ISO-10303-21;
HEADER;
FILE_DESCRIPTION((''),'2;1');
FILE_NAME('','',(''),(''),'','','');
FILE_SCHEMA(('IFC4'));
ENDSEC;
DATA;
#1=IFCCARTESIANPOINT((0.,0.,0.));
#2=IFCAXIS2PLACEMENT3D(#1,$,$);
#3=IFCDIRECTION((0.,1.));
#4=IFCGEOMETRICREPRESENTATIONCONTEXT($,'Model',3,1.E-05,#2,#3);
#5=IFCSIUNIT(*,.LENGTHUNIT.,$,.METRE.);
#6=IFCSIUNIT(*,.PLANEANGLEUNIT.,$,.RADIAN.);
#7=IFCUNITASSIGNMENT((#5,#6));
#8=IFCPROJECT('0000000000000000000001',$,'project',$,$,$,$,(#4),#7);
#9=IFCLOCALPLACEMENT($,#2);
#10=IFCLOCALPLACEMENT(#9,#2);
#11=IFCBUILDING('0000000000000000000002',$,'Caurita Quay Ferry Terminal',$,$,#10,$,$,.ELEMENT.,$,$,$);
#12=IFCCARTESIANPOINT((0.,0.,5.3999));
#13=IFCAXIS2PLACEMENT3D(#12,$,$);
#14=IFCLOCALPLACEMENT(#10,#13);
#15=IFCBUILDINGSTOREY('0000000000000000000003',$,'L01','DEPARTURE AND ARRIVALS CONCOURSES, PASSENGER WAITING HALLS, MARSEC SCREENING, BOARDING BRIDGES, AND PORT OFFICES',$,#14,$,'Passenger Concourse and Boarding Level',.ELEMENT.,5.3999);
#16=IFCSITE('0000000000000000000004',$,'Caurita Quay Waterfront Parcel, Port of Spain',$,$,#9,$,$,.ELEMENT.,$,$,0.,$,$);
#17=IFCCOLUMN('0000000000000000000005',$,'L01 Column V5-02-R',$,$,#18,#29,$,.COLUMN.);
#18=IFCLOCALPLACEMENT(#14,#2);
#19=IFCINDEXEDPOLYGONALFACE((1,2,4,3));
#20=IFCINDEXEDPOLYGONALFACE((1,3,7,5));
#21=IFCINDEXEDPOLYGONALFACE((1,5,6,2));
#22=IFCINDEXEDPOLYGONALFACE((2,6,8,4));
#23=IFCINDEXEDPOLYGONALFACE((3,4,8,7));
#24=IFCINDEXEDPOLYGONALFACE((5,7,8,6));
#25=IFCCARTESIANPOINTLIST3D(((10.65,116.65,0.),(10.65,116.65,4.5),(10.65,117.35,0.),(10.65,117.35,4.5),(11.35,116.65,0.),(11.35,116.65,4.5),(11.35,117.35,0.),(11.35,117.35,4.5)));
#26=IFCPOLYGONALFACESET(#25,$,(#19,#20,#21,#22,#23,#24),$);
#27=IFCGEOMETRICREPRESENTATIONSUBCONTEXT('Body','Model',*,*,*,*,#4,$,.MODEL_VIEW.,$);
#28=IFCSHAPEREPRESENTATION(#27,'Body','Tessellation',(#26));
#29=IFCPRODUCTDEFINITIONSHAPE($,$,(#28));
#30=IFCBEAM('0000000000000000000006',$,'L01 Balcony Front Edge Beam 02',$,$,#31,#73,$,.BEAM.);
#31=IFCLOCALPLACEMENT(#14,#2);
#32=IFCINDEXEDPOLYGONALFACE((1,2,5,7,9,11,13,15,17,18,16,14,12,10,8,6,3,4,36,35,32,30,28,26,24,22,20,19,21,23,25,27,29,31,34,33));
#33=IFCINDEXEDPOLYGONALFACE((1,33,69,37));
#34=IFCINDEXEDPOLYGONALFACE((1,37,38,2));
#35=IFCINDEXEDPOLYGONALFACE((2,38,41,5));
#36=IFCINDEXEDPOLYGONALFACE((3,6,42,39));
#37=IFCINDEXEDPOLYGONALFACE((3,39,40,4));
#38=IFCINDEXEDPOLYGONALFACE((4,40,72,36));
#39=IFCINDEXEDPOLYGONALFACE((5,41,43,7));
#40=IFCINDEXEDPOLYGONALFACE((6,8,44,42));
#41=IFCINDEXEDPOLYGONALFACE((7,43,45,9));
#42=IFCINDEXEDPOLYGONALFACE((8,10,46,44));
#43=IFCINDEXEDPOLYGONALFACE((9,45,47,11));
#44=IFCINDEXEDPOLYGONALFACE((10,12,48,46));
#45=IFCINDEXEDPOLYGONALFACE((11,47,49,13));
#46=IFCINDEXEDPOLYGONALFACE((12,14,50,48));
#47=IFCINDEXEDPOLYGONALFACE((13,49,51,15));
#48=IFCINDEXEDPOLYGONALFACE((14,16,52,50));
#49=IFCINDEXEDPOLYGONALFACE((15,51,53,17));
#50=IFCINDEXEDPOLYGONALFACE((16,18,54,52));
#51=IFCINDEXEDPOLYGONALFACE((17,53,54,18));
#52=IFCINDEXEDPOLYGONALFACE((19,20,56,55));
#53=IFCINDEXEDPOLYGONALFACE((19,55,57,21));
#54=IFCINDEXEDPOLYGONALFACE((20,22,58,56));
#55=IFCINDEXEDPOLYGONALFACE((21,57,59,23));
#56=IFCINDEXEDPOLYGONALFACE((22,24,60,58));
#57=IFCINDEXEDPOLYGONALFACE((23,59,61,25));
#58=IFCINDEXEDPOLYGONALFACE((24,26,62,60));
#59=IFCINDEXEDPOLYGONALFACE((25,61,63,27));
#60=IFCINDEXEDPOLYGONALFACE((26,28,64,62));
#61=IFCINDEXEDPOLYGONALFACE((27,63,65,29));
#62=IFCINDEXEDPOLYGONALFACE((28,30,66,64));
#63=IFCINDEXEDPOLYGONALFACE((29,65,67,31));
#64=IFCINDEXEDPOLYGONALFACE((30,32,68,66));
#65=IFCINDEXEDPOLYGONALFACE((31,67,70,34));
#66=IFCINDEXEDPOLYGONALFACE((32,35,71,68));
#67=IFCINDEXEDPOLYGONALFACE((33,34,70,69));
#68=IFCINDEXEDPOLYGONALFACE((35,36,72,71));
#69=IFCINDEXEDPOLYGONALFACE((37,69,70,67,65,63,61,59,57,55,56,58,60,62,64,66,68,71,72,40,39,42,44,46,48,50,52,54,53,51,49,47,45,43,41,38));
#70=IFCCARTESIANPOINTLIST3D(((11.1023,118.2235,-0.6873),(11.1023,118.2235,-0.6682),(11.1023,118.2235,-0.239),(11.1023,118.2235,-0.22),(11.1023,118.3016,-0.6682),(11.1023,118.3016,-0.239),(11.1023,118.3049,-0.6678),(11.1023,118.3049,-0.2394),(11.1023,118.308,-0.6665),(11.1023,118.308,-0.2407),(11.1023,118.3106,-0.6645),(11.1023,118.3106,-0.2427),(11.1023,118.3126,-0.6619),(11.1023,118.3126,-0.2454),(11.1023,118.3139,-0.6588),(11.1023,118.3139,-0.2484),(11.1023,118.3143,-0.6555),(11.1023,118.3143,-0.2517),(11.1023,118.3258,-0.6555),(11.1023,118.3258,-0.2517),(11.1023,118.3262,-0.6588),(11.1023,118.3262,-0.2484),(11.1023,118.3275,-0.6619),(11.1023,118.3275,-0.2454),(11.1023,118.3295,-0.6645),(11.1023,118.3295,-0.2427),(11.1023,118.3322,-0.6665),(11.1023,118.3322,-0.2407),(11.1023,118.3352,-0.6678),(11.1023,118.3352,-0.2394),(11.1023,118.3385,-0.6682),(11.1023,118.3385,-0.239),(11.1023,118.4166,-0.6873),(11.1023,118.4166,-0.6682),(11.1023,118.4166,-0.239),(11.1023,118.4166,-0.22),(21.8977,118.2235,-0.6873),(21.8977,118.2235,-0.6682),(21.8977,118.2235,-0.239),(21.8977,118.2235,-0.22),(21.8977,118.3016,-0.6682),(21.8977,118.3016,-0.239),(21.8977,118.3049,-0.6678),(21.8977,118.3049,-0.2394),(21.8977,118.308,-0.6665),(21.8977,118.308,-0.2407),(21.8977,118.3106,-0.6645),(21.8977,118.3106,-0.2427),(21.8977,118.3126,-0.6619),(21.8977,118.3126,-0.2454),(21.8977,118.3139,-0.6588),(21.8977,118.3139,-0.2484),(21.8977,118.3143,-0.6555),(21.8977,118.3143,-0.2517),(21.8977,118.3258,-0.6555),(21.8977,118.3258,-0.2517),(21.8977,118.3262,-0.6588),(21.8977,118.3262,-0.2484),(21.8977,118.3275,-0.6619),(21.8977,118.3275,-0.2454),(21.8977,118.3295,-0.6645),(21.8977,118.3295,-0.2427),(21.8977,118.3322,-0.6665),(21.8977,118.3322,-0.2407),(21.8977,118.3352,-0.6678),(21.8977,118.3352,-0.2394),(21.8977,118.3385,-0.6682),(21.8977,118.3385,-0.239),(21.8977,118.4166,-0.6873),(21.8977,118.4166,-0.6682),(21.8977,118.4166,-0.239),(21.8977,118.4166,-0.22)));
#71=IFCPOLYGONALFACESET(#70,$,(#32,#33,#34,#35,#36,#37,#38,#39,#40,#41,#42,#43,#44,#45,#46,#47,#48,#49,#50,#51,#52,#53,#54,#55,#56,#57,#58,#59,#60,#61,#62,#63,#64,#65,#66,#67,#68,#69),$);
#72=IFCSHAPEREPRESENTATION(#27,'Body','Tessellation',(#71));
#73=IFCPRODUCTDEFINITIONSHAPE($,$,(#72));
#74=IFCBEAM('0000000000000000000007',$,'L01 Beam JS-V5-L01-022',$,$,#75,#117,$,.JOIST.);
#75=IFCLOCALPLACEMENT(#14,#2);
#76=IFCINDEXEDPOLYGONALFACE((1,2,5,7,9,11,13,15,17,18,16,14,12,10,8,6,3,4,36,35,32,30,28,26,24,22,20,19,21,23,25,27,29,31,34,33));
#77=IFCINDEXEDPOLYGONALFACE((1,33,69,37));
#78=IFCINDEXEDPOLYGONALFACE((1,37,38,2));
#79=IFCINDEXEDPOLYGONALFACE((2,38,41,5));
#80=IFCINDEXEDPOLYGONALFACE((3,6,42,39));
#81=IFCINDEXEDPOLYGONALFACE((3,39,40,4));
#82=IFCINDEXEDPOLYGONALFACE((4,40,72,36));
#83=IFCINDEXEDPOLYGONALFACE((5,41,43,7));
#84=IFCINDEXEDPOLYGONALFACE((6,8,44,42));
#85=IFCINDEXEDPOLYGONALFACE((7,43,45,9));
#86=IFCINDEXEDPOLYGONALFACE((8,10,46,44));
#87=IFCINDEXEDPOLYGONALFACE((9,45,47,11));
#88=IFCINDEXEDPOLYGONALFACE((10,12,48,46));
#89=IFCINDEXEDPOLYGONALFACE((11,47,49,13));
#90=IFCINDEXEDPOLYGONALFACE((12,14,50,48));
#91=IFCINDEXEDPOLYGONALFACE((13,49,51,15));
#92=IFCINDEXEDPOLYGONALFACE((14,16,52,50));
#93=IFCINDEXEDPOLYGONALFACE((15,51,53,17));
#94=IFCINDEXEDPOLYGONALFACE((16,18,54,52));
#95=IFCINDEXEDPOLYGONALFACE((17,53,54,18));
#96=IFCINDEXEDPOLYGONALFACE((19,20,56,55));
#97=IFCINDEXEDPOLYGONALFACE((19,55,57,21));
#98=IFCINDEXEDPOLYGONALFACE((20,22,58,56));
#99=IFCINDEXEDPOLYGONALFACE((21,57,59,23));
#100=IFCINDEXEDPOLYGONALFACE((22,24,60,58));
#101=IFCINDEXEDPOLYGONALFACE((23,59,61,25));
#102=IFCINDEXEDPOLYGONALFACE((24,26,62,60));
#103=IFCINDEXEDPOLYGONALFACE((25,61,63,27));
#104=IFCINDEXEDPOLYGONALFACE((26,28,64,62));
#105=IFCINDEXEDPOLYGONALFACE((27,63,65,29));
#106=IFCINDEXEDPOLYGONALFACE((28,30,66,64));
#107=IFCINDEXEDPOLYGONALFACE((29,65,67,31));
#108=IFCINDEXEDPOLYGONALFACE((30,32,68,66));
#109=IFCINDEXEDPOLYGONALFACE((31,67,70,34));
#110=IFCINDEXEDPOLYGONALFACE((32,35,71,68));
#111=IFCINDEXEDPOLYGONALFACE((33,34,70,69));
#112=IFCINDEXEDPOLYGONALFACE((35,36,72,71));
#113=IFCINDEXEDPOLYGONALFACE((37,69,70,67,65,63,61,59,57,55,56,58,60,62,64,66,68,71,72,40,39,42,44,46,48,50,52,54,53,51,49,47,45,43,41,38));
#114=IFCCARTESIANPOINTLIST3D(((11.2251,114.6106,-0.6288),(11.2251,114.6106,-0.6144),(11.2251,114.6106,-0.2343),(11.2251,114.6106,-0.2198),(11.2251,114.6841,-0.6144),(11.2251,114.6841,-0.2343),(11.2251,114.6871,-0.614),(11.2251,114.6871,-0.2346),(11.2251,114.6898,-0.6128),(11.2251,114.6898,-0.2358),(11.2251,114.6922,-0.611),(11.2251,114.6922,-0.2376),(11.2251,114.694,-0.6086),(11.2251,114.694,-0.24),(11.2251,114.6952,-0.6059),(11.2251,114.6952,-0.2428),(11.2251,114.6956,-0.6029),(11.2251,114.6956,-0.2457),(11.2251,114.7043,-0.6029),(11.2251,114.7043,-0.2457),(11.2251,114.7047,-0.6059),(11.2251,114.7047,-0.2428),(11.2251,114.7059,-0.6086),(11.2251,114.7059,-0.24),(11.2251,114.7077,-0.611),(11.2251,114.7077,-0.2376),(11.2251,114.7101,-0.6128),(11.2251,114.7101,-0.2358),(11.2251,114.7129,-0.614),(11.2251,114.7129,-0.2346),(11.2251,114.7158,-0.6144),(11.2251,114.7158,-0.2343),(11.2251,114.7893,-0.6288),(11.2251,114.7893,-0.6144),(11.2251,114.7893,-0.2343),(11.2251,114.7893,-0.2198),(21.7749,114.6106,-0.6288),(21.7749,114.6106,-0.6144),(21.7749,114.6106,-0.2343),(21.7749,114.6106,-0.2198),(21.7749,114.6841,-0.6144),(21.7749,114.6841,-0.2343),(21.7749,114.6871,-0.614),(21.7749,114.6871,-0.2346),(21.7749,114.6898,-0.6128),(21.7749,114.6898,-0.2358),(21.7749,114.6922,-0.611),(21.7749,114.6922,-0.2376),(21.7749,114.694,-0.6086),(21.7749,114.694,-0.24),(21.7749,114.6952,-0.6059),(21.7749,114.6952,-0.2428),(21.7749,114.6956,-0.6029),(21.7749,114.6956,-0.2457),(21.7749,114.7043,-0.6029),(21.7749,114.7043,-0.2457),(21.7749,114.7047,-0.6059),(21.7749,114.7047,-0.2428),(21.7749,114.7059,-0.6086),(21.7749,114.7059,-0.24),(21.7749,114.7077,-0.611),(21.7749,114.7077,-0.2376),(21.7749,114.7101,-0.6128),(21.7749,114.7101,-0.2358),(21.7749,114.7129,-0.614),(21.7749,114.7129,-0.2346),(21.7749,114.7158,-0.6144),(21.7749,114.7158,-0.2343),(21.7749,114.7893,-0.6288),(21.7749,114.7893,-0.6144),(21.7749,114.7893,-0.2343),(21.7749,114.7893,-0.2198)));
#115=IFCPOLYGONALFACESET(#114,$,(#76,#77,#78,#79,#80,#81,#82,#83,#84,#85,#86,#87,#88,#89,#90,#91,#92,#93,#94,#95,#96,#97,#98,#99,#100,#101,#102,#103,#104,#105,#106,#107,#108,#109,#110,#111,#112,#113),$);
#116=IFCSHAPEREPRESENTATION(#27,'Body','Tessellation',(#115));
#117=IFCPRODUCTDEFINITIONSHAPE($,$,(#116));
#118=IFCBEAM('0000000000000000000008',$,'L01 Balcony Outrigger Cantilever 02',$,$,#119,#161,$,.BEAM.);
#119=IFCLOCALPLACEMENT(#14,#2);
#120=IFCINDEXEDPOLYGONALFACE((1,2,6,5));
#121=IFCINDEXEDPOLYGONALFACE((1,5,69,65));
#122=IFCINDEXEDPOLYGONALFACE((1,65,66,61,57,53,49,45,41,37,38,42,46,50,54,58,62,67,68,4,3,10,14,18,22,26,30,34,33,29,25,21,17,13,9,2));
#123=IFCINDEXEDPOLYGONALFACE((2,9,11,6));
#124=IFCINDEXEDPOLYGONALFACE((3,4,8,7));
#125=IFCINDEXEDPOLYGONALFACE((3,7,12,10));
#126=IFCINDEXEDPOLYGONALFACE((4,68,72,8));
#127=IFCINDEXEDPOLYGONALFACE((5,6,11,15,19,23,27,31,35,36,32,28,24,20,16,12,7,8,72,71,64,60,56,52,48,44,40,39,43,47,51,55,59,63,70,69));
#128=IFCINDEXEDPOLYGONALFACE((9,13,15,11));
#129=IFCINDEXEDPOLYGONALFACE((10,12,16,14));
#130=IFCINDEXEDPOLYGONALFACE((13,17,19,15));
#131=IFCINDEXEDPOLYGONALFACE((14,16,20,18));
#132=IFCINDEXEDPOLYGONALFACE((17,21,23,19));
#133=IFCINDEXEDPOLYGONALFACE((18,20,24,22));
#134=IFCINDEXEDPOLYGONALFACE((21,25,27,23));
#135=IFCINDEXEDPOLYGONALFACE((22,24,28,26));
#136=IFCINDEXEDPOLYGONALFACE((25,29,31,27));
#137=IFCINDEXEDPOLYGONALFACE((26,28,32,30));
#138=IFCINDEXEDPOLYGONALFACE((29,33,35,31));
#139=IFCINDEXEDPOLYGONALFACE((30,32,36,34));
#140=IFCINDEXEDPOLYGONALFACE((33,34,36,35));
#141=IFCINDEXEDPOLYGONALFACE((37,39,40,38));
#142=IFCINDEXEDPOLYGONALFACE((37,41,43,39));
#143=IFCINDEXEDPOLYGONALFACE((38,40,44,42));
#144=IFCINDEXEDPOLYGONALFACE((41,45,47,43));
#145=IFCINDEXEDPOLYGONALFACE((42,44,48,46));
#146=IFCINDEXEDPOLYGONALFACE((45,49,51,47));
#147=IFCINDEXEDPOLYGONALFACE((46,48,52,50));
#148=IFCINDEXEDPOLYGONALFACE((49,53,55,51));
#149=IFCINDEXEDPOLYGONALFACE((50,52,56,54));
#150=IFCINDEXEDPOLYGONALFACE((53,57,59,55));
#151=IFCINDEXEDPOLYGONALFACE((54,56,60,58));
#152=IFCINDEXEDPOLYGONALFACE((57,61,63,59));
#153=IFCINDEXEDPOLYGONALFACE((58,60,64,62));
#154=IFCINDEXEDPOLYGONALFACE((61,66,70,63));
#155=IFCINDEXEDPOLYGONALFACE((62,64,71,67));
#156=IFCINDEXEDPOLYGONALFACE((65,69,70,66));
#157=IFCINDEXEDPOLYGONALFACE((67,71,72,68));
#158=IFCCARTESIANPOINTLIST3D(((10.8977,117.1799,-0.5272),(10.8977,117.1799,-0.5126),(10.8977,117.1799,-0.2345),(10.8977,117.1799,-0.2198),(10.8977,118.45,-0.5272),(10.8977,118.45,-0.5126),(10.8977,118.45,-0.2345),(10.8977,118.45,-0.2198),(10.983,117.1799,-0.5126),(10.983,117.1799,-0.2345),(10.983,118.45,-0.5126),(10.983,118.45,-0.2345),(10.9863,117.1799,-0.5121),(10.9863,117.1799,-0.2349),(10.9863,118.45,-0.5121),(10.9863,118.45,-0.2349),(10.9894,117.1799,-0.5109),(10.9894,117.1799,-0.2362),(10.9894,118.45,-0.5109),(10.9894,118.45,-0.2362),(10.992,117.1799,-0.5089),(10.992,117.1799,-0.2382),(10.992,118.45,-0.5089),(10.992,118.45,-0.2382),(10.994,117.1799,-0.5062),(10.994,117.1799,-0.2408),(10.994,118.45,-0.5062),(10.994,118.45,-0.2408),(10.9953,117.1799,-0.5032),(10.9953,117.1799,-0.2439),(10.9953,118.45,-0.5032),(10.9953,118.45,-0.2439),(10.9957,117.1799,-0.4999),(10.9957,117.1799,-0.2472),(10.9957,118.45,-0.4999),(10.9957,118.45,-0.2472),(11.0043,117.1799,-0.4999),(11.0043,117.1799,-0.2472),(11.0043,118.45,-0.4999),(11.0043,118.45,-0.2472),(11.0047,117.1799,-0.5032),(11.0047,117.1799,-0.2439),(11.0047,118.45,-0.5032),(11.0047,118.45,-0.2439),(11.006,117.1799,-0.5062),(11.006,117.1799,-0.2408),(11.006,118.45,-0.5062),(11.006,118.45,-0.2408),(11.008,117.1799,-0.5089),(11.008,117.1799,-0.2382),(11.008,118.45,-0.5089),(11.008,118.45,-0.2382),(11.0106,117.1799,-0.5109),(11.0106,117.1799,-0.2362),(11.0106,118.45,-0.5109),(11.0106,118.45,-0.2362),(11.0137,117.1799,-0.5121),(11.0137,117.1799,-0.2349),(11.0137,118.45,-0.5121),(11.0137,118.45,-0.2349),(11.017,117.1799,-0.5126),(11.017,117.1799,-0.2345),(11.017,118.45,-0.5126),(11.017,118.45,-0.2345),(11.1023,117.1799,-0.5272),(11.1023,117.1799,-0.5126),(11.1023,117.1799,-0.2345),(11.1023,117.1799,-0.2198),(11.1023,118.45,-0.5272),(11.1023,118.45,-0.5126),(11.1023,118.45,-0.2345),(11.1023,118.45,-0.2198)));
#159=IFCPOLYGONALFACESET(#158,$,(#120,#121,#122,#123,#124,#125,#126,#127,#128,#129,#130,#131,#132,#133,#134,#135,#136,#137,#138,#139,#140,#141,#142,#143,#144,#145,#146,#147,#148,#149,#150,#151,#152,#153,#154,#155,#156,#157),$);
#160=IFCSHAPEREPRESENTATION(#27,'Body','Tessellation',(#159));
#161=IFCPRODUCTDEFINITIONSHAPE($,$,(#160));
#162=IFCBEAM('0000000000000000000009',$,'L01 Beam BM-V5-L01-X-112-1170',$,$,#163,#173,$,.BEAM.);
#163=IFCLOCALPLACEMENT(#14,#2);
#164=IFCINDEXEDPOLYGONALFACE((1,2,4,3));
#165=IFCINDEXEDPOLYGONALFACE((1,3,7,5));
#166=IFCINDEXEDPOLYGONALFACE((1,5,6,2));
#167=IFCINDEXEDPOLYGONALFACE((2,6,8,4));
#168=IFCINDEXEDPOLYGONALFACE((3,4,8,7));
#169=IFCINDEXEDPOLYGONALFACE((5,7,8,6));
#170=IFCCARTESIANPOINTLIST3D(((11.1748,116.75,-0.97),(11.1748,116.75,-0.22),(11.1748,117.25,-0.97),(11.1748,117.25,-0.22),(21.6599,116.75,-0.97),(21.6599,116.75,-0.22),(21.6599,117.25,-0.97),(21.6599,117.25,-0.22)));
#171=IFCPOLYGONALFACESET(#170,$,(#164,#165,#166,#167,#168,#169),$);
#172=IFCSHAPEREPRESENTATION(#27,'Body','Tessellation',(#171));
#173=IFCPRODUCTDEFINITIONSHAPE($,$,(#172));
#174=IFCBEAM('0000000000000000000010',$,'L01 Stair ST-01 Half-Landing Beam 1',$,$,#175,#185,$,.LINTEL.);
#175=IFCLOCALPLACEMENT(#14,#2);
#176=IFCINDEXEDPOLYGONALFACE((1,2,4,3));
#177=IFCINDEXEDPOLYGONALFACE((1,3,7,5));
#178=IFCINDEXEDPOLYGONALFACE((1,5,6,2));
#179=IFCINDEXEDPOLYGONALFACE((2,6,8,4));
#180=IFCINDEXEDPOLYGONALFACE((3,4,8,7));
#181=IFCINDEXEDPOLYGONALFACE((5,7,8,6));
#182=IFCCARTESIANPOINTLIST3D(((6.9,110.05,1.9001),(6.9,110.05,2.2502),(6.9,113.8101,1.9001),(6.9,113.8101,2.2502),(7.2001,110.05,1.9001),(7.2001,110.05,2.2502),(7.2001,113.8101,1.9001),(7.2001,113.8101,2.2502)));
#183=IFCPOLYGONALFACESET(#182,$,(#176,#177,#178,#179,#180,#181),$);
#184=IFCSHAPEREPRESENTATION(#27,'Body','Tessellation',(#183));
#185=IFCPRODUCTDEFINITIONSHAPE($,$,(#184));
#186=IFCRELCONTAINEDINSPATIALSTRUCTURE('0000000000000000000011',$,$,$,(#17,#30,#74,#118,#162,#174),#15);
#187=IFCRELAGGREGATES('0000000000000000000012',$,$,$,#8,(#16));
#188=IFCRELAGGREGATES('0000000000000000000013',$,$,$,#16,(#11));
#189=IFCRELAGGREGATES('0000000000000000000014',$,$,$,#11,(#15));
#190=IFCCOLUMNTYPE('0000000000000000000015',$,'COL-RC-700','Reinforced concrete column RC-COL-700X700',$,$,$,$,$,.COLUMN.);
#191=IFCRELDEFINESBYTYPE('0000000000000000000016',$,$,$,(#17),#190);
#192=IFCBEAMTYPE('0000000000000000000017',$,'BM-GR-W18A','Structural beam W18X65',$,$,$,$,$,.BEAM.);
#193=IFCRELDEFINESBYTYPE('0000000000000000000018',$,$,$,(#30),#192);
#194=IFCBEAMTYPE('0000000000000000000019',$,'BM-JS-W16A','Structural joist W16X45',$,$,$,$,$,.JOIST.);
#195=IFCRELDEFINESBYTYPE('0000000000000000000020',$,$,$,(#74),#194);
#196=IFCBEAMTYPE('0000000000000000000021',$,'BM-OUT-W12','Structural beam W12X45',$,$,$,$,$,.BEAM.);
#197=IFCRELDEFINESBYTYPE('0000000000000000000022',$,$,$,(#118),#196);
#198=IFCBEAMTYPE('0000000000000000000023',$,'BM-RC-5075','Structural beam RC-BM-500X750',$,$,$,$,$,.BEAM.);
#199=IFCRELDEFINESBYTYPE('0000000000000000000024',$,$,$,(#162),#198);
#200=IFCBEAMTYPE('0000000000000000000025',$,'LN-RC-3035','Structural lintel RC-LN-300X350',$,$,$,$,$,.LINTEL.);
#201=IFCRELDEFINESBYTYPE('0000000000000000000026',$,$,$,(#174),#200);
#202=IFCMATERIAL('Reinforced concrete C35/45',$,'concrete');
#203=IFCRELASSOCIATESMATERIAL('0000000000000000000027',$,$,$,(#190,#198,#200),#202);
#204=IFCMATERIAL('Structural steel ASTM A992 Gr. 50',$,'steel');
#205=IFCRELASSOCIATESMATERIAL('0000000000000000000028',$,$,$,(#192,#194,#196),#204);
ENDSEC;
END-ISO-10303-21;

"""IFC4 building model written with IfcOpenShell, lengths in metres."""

from ifc_helpers import new_model, si_unit, direction, frame, origin, origin_2d, place, context, subcontext, project, spatial, rectangle, i_section, extrude, material, material_profile, profile_set, type_object, element, save


model = new_model("IFC4")

# Units and contexts
model_context = context("Model", 3, precision=1e-05, world=origin(), true_north=direction((0.0, 1.0)))
body_context = subcontext(model_context, "Body", "Model", "MODEL_VIEW")
ifc_project = project(units=[si_unit("LENGTHUNIT", "METRE"), si_unit("PLANEANGLEUNIT", "RADIAN")], contexts=[model_context])

# Site, building, storey
site_placement = place(None, origin())
site = spatial("IfcSite", under=ifc_project, at=site_placement, Name="Caurita Quay Waterfront Parcel, Port of Spain", CompositionType="ELEMENT", RefElevation=0.0)
building_placement = place(site_placement, origin())
building = spatial("IfcBuilding", under=site, at=building_placement, Name="Caurita Quay Ferry Terminal", CompositionType="ELEMENT")
storey_placement = place(building_placement, frame((0.0, 0.0, 5.3999)))
storey = spatial("IfcBuildingStorey", under=building, at=storey_placement, Name="L01", Description="DEPARTURE AND ARRIVALS CONCOURSES, PASSENGER WAITING HALLS, MARSEC SCREENING, BOARDING BRIDGES, AND PORT OFFICES", LongName="Passenger Concourse and Boarding Level", CompositionType="ELEMENT", Elevation=5.3999)

# Column
ifc_material_1 = material(Name="Reinforced concrete C35/45", Category="concrete")
ifc_material_profile_1 = material_profile(ifc_material_1, rectangle(XDim=0.7, YDim=0.7, at=origin_2d()), Name="RC-COL-700X700")
ifc_profile_set_1 = profile_set([ifc_material_profile_1], Name="Reinforced concrete C35/45")
column_type = type_object("IfcColumnType", Name="COL-RC-700", Description="Reinforced concrete column RC-COL-700X700", PredefinedType="COLUMN", material=ifc_profile_set_1)
column_placement = place(storey_placement, frame((11.0, 117.0, 0.0), z_axis=(0.0, 0.0, 1.0), x_axis=(1.0, 0.0, 0.0)))
element("IfcColumn", 1, at=column_placement, inside=storey, type_object=column_type, Name="L01 Column V5-02-R", PredefinedType="COLUMN", context=body_context, shape_type="SweptSolid", body=[
    extrude(rectangle(XDim=0.7, YDim=0.7, at=origin_2d()), origin(), (0.0, 0.0, 1.0), 4.5),
])

# Beams
ifc_material_2 = material(Name="Structural steel ASTM A992 Gr. 50", Category="steel")
ifc_material_profile_2 = material_profile(ifc_material_2, i_section(OverallWidth=0.1931, OverallDepth=0.4673, WebThickness=0.0115, FlangeThickness=0.019, FilletRadius=0.0127, at=origin_2d()), Name="W18X65")
ifc_profile_set_2 = profile_set([ifc_material_profile_2], Name="Structural steel ASTM A992 Gr. 50")
beam_type_1 = type_object("IfcBeamType", Name="BM-GR-W18A", Description="Structural beam W18X65", PredefinedType="BEAM", material=ifc_profile_set_2)
beam_1_placement = place(storey_placement, frame((11.1023, 118.3201, -0.4536), z_axis=(1.0, 0.0, 0.0), x_axis=(0.0, 1.0, 0.0)))
element("IfcBeam", 2, at=beam_1_placement, inside=storey, type_object=beam_type_1, Name="L01 Balcony Front Edge Beam 02", PredefinedType="BEAM", context=body_context, shape_type="SweptSolid", body=[
    extrude(i_section(OverallWidth=0.1931, OverallDepth=0.4673, WebThickness=0.0115, FlangeThickness=0.019, FilletRadius=0.0127, at=origin_2d()), origin(), (0.0, 0.0, 1.0), 10.7954),
])
ifc_material_profile_3 = material_profile(ifc_material_2, i_section(OverallWidth=0.1787, OverallDepth=0.4089, WebThickness=0.0088, FlangeThickness=0.0144, FilletRadius=0.0115, at=origin_2d()), Name="W16X45")
ifc_profile_set_3 = profile_set([ifc_material_profile_3], Name="Structural steel ASTM A992 Gr. 50")
beam_type_2 = type_object("IfcBeamType", Name="BM-JS-W16A", Description="Structural joist W16X45", PredefinedType="JOIST", material=ifc_profile_set_3)
beam_2_placement = place(storey_placement, frame((11.2251, 114.7, -0.4243), z_axis=(1.0, 0.0, 0.0), x_axis=(0.0, 1.0, 0.0)))
element("IfcBeam", 3, at=beam_2_placement, inside=storey, type_object=beam_type_2, Name="L01 Beam JS-V5-L01-022", PredefinedType="JOIST", context=body_context, shape_type="SweptSolid", body=[
    extrude(i_section(OverallWidth=0.1787, OverallDepth=0.4089, WebThickness=0.0088, FlangeThickness=0.0144, FilletRadius=0.0115, at=origin_2d()), origin(), (0.0, 0.0, 1.0), 10.5498),
])
ifc_material_profile_4 = material_profile(ifc_material_2, i_section(OverallWidth=0.2046, OverallDepth=0.3074, WebThickness=0.0085, FlangeThickness=0.0146, FilletRadius=0.0127, at=origin_2d()), Name="W12X45")
ifc_profile_set_4 = profile_set([ifc_material_profile_4], Name="Structural steel ASTM A992 Gr. 50")
beam_type_3 = type_object("IfcBeamType", Name="BM-OUT-W12", Description="Structural beam W12X45", PredefinedType="BEAM", material=ifc_profile_set_4)
beam_3_placement = place(storey_placement, frame((11.0, 117.1799, -0.3735), z_axis=(0.0, 1.0, 0.0), x_axis=(-1.0, 0.0, 0.0)))
element("IfcBeam", 4, at=beam_3_placement, inside=storey, type_object=beam_type_3, Name="L01 Balcony Outrigger Cantilever 02", PredefinedType="BEAM", context=body_context, shape_type="SweptSolid", body=[
    extrude(i_section(OverallWidth=0.2046, OverallDepth=0.3074, WebThickness=0.0085, FlangeThickness=0.0146, FilletRadius=0.0127, at=origin_2d()), origin(), (0.0, 0.0, 1.0), 1.27),
])
ifc_material_profile_5 = material_profile(ifc_material_1, rectangle(XDim=0.5, YDim=0.75, at=origin_2d()), Name="RC-BM-500X750")
ifc_profile_set_5 = profile_set([ifc_material_profile_5], Name="Reinforced concrete C35/45")
beam_type_4 = type_object("IfcBeamType", Name="BM-RC-5075", Description="Structural beam RC-BM-500X750", PredefinedType="BEAM", material=ifc_profile_set_5)
beam_4_placement = place(storey_placement, frame((11.1748, 117.0, -0.595), z_axis=(1.0, 0.0, 0.0), x_axis=(0.0, 1.0, 0.0)))
element("IfcBeam", 5, at=beam_4_placement, inside=storey, type_object=beam_type_4, Name="L01 Beam BM-V5-L01-X-112-1170", PredefinedType="BEAM", context=body_context, shape_type="SweptSolid", body=[
    extrude(rectangle(XDim=0.5, YDim=0.75, at=origin_2d()), origin(), (0.0, 0.0, 1.0), 10.4851),
])
ifc_material_profile_6 = material_profile(ifc_material_1, rectangle(XDim=0.3, YDim=0.3501, at=origin_2d()), Name="RC-LN-300X350")
ifc_profile_set_6 = profile_set([ifc_material_profile_6], Name="Reinforced concrete C35/45")
beam_type_5 = type_object("IfcBeamType", Name="LN-RC-3035", Description="Structural lintel RC-LN-300X350", PredefinedType="LINTEL", material=ifc_profile_set_6)
beam_5_placement = place(storey_placement, frame((7.05, 110.05, 2.0752), z_axis=(0.0, 1.0, 0.0), x_axis=(-1.0, 0.0, 0.0)))
element("IfcBeam", 6, at=beam_5_placement, inside=storey, type_object=beam_type_5, Name="L01 Stair ST-01 Half-Landing Beam 1", PredefinedType="LINTEL", context=body_context, shape_type="SweptSolid", body=[
    extrude(rectangle(XDim=0.3, YDim=0.3501, at=origin_2d()), origin(), (0.0, 0.0, 1.0), 3.76),
])

save(model, "model.ifc")
